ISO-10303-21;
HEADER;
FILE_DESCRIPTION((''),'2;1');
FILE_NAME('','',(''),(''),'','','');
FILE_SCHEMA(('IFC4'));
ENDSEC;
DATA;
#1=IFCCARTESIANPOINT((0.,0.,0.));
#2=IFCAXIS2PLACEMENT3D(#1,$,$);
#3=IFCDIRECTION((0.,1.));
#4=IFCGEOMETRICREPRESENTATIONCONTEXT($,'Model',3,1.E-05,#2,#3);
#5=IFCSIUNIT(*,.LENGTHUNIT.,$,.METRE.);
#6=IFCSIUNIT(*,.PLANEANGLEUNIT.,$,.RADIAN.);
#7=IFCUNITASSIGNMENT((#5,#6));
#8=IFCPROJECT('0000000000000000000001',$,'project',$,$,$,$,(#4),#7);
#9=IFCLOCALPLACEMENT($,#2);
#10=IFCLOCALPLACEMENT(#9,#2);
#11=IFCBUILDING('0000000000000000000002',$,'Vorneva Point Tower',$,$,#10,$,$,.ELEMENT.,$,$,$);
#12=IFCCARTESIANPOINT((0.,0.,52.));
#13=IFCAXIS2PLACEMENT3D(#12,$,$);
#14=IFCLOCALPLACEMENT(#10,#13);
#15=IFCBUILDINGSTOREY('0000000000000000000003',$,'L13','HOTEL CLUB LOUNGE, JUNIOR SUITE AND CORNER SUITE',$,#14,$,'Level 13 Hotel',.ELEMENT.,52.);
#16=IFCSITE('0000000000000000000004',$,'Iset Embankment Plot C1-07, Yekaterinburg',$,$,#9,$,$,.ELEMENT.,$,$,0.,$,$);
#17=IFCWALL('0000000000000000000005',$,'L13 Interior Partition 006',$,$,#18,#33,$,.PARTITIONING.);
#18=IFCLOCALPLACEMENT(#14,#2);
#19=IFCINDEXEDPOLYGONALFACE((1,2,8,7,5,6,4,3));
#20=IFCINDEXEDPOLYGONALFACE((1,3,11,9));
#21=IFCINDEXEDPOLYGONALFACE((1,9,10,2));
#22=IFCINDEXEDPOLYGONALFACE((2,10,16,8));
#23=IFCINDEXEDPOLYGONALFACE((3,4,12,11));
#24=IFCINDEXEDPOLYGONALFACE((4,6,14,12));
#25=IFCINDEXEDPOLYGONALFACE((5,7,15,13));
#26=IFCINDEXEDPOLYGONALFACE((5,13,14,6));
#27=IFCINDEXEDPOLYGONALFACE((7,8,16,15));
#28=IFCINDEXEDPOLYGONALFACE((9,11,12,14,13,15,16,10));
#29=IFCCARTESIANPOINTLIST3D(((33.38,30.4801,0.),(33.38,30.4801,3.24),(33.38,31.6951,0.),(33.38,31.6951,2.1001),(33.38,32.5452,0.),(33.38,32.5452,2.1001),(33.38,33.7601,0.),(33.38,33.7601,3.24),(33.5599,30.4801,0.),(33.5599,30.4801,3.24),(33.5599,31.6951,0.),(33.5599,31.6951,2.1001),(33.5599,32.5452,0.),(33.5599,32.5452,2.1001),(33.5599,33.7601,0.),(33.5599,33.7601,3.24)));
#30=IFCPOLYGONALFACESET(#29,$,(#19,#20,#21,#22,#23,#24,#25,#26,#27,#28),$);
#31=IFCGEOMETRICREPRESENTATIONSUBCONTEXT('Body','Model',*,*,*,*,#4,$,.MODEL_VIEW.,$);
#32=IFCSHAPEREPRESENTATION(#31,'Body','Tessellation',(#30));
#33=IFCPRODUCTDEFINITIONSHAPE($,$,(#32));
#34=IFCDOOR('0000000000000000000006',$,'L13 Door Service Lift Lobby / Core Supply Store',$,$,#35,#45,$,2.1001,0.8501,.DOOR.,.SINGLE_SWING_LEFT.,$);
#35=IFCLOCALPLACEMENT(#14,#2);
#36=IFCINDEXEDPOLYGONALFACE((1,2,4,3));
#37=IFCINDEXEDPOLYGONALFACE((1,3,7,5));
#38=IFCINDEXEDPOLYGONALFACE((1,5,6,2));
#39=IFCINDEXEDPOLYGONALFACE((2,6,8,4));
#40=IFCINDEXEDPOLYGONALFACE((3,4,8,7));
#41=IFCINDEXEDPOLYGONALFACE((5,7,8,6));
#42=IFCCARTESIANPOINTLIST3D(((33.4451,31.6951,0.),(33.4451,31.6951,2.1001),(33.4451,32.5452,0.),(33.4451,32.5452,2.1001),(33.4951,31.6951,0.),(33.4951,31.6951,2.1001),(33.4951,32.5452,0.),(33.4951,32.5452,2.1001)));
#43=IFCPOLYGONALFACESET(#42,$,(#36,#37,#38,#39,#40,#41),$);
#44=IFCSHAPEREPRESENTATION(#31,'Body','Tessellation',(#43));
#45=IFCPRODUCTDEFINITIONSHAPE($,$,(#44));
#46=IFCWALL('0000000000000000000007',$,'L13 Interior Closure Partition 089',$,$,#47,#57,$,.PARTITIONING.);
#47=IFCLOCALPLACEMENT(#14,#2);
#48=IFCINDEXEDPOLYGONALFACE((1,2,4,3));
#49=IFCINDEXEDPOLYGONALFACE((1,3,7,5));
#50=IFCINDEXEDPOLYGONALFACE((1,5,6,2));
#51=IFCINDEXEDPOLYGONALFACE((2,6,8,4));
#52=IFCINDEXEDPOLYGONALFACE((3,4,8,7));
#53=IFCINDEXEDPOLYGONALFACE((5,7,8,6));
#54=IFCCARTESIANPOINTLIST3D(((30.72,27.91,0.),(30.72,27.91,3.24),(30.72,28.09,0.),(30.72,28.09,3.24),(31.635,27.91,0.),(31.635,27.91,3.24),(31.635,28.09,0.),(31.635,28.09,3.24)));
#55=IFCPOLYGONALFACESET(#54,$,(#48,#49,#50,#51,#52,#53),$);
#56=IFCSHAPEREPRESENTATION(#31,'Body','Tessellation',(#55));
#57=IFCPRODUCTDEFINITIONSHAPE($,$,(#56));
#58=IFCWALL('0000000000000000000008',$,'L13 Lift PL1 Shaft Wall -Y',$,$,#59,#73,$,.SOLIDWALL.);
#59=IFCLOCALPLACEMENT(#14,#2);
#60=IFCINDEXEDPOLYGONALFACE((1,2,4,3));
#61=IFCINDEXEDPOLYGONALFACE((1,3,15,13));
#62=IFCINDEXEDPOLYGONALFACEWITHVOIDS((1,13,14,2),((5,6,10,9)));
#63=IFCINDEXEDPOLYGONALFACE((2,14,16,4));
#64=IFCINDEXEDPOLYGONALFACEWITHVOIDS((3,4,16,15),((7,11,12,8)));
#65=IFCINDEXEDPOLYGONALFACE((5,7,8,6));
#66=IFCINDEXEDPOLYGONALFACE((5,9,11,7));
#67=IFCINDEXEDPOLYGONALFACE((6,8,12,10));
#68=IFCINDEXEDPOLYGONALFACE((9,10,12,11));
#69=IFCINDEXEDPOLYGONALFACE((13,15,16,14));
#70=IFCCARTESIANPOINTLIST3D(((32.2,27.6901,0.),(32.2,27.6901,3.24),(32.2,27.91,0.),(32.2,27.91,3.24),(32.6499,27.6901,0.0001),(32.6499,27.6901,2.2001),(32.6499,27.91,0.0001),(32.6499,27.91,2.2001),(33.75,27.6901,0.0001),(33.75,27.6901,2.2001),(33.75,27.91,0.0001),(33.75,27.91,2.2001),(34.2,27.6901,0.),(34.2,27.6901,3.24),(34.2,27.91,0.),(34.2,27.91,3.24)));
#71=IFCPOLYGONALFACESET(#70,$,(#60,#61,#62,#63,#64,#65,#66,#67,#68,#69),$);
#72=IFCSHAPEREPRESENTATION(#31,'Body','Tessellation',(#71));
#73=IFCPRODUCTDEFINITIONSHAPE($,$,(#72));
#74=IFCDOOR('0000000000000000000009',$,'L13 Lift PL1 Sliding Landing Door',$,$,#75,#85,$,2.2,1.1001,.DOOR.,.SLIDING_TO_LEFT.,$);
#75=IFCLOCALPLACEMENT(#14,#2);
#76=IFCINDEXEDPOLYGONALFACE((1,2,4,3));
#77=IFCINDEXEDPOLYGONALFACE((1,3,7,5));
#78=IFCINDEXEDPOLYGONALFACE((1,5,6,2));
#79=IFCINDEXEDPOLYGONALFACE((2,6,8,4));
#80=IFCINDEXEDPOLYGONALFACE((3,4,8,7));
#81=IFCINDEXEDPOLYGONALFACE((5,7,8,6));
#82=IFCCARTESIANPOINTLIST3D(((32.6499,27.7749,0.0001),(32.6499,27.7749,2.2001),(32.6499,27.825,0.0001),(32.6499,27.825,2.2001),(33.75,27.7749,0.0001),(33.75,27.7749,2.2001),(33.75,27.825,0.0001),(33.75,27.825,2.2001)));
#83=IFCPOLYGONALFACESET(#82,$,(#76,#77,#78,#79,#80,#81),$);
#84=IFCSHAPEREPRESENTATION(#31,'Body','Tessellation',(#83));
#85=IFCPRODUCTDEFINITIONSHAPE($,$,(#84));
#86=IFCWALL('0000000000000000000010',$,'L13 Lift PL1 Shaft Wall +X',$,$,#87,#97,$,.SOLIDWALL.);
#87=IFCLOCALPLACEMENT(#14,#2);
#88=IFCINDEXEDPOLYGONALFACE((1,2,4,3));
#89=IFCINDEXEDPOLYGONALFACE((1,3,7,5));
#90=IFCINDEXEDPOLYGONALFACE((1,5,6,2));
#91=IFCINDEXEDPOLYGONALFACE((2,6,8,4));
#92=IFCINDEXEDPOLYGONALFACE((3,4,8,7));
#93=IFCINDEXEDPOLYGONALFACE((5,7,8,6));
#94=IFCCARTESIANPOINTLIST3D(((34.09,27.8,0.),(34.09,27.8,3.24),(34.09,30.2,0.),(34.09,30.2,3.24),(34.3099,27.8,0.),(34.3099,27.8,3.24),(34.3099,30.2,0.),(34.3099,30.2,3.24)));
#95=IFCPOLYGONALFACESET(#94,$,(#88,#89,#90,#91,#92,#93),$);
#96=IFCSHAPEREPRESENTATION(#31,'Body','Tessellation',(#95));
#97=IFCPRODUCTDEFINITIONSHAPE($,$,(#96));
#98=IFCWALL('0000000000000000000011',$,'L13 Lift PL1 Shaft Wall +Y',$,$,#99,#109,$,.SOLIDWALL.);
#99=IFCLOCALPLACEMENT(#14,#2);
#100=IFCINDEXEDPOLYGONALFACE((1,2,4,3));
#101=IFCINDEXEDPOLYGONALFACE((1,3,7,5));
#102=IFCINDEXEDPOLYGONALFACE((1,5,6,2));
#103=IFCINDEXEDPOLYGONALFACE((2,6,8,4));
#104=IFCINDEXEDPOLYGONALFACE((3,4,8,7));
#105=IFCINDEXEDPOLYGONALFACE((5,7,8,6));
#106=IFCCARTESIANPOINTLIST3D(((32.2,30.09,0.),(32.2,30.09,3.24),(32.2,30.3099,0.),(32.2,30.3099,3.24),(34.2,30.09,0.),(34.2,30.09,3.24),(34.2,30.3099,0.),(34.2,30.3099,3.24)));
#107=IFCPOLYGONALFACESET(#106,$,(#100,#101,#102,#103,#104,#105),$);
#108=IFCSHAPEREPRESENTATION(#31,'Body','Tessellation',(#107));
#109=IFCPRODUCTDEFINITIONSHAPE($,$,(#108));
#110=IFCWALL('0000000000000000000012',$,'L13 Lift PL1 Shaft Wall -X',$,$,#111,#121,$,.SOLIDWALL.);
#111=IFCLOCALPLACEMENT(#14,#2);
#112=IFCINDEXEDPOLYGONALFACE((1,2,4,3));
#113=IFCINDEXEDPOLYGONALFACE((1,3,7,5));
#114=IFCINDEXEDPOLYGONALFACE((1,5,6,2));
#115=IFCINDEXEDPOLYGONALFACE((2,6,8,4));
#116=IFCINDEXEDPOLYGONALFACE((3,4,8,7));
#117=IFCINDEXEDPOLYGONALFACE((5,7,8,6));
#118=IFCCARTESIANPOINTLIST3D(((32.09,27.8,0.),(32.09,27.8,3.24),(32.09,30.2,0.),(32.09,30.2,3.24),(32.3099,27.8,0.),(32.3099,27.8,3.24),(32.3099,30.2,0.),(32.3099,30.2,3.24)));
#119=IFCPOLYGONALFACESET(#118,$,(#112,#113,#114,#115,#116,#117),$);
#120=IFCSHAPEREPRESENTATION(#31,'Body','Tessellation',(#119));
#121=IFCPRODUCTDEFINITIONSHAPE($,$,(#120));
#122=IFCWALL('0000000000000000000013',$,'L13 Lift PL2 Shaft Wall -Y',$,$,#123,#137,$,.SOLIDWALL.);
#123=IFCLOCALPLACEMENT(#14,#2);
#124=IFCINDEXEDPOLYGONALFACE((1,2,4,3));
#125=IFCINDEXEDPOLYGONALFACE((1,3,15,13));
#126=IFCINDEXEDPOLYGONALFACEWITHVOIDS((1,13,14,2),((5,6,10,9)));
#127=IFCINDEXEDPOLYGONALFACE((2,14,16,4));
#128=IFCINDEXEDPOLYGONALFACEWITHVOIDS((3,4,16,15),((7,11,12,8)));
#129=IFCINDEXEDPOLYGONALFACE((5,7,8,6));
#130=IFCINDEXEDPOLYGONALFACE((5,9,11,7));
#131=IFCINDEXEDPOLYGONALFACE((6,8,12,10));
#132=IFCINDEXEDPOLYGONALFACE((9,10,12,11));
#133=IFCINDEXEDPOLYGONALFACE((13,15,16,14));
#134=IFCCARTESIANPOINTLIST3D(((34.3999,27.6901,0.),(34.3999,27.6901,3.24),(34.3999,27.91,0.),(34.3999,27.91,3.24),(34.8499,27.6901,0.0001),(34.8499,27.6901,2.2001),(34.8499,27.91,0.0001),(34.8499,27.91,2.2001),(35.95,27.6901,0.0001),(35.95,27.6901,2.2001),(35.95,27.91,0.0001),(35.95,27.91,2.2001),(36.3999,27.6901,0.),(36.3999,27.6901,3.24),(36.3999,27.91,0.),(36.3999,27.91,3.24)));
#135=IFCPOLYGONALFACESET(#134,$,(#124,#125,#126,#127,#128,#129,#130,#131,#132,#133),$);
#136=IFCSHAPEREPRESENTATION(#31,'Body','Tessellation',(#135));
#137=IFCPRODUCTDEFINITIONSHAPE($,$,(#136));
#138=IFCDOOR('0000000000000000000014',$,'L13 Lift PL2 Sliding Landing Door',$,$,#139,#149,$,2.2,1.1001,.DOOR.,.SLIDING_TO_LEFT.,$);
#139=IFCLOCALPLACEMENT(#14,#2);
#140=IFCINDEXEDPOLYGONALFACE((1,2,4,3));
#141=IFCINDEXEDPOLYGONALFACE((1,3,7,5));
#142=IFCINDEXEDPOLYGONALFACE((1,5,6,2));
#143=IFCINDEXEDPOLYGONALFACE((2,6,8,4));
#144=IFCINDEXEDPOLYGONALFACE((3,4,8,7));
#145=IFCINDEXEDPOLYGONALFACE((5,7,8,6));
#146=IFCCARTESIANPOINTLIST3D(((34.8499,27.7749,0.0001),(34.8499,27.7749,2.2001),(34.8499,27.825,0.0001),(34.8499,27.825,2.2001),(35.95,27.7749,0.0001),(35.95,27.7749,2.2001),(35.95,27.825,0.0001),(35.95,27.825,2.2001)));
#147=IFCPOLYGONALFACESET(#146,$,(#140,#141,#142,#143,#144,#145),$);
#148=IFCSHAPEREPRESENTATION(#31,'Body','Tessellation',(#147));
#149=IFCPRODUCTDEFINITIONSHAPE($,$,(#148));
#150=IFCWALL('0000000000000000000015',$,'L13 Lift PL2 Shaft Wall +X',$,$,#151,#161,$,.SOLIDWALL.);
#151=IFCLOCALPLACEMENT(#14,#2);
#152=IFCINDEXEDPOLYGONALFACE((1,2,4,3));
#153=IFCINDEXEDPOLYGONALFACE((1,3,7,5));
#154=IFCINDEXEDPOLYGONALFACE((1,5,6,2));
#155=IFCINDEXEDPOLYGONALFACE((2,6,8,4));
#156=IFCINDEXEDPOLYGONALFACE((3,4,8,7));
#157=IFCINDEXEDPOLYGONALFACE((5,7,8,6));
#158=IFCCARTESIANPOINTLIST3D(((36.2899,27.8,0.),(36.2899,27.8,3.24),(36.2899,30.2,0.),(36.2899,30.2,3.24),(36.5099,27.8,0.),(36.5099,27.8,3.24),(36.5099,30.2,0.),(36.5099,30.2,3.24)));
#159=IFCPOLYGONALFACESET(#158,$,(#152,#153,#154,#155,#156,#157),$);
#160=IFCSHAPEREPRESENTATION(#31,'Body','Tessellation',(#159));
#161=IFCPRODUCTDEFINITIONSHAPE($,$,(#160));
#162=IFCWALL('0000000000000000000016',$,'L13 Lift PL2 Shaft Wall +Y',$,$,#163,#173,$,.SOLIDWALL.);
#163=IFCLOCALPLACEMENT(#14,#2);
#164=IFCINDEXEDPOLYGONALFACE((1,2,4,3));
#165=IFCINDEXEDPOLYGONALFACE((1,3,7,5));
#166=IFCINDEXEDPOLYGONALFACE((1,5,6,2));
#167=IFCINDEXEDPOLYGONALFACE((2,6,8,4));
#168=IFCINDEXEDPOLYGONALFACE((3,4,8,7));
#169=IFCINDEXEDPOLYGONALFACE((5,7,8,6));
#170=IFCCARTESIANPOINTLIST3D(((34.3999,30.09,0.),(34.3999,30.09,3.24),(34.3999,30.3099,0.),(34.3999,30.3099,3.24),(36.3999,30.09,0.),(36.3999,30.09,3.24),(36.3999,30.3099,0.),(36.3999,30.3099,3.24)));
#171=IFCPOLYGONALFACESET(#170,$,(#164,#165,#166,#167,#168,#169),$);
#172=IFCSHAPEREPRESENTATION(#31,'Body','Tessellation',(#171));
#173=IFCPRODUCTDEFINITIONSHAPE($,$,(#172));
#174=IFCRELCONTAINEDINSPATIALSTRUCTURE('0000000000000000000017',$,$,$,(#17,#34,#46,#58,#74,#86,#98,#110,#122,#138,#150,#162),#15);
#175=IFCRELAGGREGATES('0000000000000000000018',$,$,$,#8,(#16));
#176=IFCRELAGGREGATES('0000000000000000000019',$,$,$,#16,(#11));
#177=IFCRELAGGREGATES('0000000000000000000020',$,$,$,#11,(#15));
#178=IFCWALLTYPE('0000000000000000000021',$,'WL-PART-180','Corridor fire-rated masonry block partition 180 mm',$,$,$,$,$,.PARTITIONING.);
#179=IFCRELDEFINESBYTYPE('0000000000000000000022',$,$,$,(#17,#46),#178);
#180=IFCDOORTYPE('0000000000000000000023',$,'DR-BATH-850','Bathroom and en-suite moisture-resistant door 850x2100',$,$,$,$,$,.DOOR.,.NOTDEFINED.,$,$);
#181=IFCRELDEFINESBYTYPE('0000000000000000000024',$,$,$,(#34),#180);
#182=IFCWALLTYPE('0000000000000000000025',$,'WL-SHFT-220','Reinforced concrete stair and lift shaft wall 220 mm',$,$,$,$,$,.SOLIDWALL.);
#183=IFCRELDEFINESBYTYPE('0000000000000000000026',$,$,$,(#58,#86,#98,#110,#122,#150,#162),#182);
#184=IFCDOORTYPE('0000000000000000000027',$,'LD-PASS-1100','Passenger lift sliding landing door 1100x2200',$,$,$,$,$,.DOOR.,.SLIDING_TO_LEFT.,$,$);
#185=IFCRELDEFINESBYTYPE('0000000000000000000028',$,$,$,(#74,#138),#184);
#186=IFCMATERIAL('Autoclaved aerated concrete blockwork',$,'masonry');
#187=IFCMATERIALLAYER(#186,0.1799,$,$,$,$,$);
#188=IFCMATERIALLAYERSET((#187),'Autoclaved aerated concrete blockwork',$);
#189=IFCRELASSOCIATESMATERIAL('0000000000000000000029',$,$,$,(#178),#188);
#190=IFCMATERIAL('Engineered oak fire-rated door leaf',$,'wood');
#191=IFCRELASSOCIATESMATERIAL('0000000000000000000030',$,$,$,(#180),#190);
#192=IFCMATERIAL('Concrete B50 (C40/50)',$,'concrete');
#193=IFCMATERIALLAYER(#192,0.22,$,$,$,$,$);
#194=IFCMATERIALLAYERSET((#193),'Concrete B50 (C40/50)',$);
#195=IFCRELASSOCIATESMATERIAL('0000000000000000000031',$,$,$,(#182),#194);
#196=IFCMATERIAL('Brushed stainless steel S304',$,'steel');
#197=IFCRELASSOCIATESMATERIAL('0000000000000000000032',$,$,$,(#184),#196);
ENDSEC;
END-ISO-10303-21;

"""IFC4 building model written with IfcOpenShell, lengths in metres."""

from ifc_helpers import new_model, si_unit, direction, frame, frame_2d, origin, place, context, subcontext, project, spatial, rectangle, extrude, material, layer, layer_set, type_object, element, fill, save


model = new_model("IFC4")

# Units and contexts
model_context = context("Model", 3, precision=1e-05, world=origin(), true_north=direction((0.0, 1.0)))
body_context = subcontext(model_context, "Body", "Model", "MODEL_VIEW")
ifc_project = project(units=[si_unit("LENGTHUNIT", "METRE"), si_unit("PLANEANGLEUNIT", "RADIAN")], contexts=[model_context])

# Site, building, storey
site_placement = place(None, origin())
site = spatial("IfcSite", under=ifc_project, at=site_placement, Name="Iset Embankment Plot C1-07, Yekaterinburg", CompositionType="ELEMENT", RefElevation=0.0)
building_placement = place(site_placement, origin())
building = spatial("IfcBuilding", under=site, at=building_placement, Name="Vorneva Point Tower", CompositionType="ELEMENT")
storey_placement = place(building_placement, frame((0.0, 0.0, 52.0)))
storey = spatial("IfcBuildingStorey", under=building, at=storey_placement, Name="L13", Description="HOTEL CLUB LOUNGE, JUNIOR SUITE AND CORNER SUITE", LongName="Level 13 Hotel", CompositionType="ELEMENT", Elevation=52.0)

# Shared definitions
ifc_material_1 = material(Name="Brushed stainless steel S304", Category="steel")

# Wall, opening, door
ifc_material_2 = material(Name="Autoclaved aerated concrete blockwork", Category="masonry")
ifc_layer_1 = layer(ifc_material_2, 0.1799)
ifc_layer_set_1 = layer_set([ifc_layer_1], Name="Autoclaved aerated concrete blockwork")
wall_type_1 = type_object("IfcWallType", Name="WL-PART-180", Description="Corridor fire-rated masonry block partition 180 mm", PredefinedType="PARTITIONING", material=ifc_layer_set_1)
wall_1_placement = place(storey_placement, frame((33.47, 30.48, 0.0), z_axis=(0.0, 0.0, 1.0), x_axis=(0.0, 1.0, 0.0)))
wall_1 = element("IfcWall", 1, at=wall_1_placement, inside=storey, type_object=wall_type_1, Name="L13 Interior Partition 006", PredefinedType="PARTITIONING", context=body_context, shape_type="SweptSolid", body=[
    extrude(rectangle(XDim=3.28, YDim=0.1799, at=frame_2d((1.6401, 0.0))), origin(), (0.0, 0.0, 1.0), 3.24),
])
opening_1_placement = place(wall_1_placement, frame((1.2151, 0.0, 0.0)))
opening_1 = element("IfcOpeningElement", 2, at=opening_1_placement, cuts=wall_1, PredefinedType="OPENING", context=body_context, shape_type="SweptSolid", body=[
    extrude(rectangle(XDim=0.8501, YDim=2.1001, at=frame_2d((0.425, 1.05))), frame((0.0, 0.105, 0.0), z_axis=(0.0, -1.0, 0.0), x_axis=(1.0, 0.0, 0.0)), (0.0, 0.0, 1.0), 0.2097),
])
ifc_material_3 = material(Name="Engineered oak fire-rated door leaf", Category="wood")
door_type_1 = type_object("IfcDoorType", Name="DR-BATH-850", Description="Bathroom and en-suite moisture-resistant door 850x2100", OperationType="NOTDEFINED", PredefinedType="DOOR", material=ifc_material_3)
door_1_placement = place(opening_1_placement, origin())
door_1 = element("IfcDoor", 3, at=door_1_placement, inside=storey, type_object=door_type_1, Name="L13 Door Service Lift Lobby / Core Supply Store", OperationType="SINGLE_SWING_LEFT", OverallHeight=2.1001, OverallWidth=0.8501, PredefinedType="DOOR", context=body_context, shape_type="SweptSolid", body=[
    extrude(rectangle(XDim=0.8501, YDim=2.1001, at=frame_2d((0.425, 1.05))), frame((0.0, 0.0249, 0.0), z_axis=(0.0, -1.0, 0.0), x_axis=(1.0, 0.0, 0.0)), (0.0, 0.0, 1.0), 0.05),
])
fill(opening_1, door_1)

# Wall
wall_2_placement = place(storey_placement, frame((31.635, 28.0, 0.0), z_axis=(0.0, 0.0, 1.0), x_axis=(-1.0, 0.0, 0.0)))
element("IfcWall", 4, at=wall_2_placement, inside=storey, type_object=wall_type_1, Name="L13 Interior Closure Partition 089", PredefinedType="PARTITIONING", context=body_context, shape_type="SweptSolid", body=[
    extrude(rectangle(XDim=0.915, YDim=0.1799, at=frame_2d((0.4575, 0.0))), origin(), (0.0, 0.0, 1.0), 3.24),
])

# Wall, opening, door
ifc_material_4 = material(Name="Concrete B50 (C40/50)", Category="concrete")
ifc_layer_2 = layer(ifc_material_4, 0.22)
ifc_layer_set_2 = layer_set([ifc_layer_2], Name="Concrete B50 (C40/50)")
wall_type_2 = type_object("IfcWallType", Name="WL-SHFT-220", Description="Reinforced concrete stair and lift shaft wall 220 mm", PredefinedType="SOLIDWALL", material=ifc_layer_set_2)
wall_3_placement = place(storey_placement, frame((32.2, 27.8, 0.0), z_axis=(0.0, 0.0, 1.0), x_axis=(1.0, 0.0, 0.0)))
wall_3 = element("IfcWall", 5, at=wall_3_placement, inside=storey, type_object=wall_type_2, Name="L13 Lift PL1 Shaft Wall -Y", PredefinedType="SOLIDWALL", context=body_context, shape_type="SweptSolid", body=[
    extrude(rectangle(XDim=2.0, YDim=0.22, at=frame_2d((1.0, 0.0))), origin(), (0.0, 0.0, 1.0), 3.24),
])
opening_2_placement = place(wall_3_placement, frame((0.45, 0.0, 0.0)))
opening_2 = element("IfcOpeningElement", 6, at=opening_2_placement, cuts=wall_3, PredefinedType="OPENING", context=body_context, shape_type="SweptSolid", body=[
    extrude(rectangle(XDim=1.1001, YDim=2.2, at=frame_2d((0.55, 1.1001))), frame((0.0, 0.125, 0.0), z_axis=(0.0, -1.0, 0.0), x_axis=(1.0, 0.0, 0.0)), (0.0, 0.0, 1.0), 0.2498),
])
door_type_2 = type_object("IfcDoorType", Name="LD-PASS-1100", Description="Passenger lift sliding landing door 1100x2200", OperationType="SLIDING_TO_LEFT", PredefinedType="DOOR", material=ifc_material_1)
door_2_placement = place(opening_2_placement, origin())
door_2 = element("IfcDoor", 7, at=door_2_placement, inside=storey, type_object=door_type_2, Name="L13 Lift PL1 Sliding Landing Door", OperationType="SLIDING_TO_LEFT", OverallHeight=2.2, OverallWidth=1.1001, PredefinedType="DOOR", context=body_context, shape_type="SweptSolid", body=[
    extrude(rectangle(XDim=1.1001, YDim=2.2, at=frame_2d((0.55, 1.1001))), frame((0.0, 0.0249, 0.0), z_axis=(0.0, -1.0, 0.0), x_axis=(1.0, 0.0, 0.0)), (0.0, 0.0, 1.0), 0.05),
])
fill(opening_2, door_2)

# Walls
wall_4_placement = place(storey_placement, frame((34.2, 27.8, 0.0), z_axis=(0.0, 0.0, 1.0), x_axis=(0.0, 1.0, 0.0)))
element("IfcWall", 8, at=wall_4_placement, inside=storey, type_object=wall_type_2, Name="L13 Lift PL1 Shaft Wall +X", PredefinedType="SOLIDWALL", context=body_context, shape_type="SweptSolid", body=[
    extrude(rectangle(XDim=2.3999, YDim=0.22, at=frame_2d((1.2, 0.0))), origin(), (0.0, 0.0, 1.0), 3.24),
])
wall_5_placement = place(storey_placement, frame((34.2, 30.2, 0.0), z_axis=(0.0, 0.0, 1.0), x_axis=(-1.0, 0.0, 0.0)))
element("IfcWall", 9, at=wall_5_placement, inside=storey, type_object=wall_type_2, Name="L13 Lift PL1 Shaft Wall +Y", PredefinedType="SOLIDWALL", context=body_context, shape_type="SweptSolid", body=[
    extrude(rectangle(XDim=2.0, YDim=0.22, at=frame_2d((1.0, 0.0))), origin(), (0.0, 0.0, 1.0), 3.24),
])
wall_6_placement = place(storey_placement, frame((32.2, 30.2, 0.0), z_axis=(0.0, 0.0, 1.0), x_axis=(0.0, -1.0, 0.0)))
element("IfcWall", 10, at=wall_6_placement, inside=storey, type_object=wall_type_2, Name="L13 Lift PL1 Shaft Wall -X", PredefinedType="SOLIDWALL", context=body_context, shape_type="SweptSolid", body=[
    extrude(rectangle(XDim=2.3999, YDim=0.22, at=frame_2d((1.2, 0.0))), origin(), (0.0, 0.0, 1.0), 3.24),
])

# Wall, opening, door
wall_7_placement = place(storey_placement, frame((34.3999, 27.8, 0.0), z_axis=(0.0, 0.0, 1.0), x_axis=(1.0, 0.0, 0.0)))
wall_7 = element("IfcWall", 11, at=wall_7_placement, inside=storey, type_object=wall_type_2, Name="L13 Lift PL2 Shaft Wall -Y", PredefinedType="SOLIDWALL", context=body_context, shape_type="SweptSolid", body=[
    extrude(rectangle(XDim=2.0, YDim=0.22, at=frame_2d((1.0, 0.0))), origin(), (0.0, 0.0, 1.0), 3.24),
])
opening_3_placement = place(wall_7_placement, frame((0.45, 0.0, 0.0)))
opening_3 = element("IfcOpeningElement", 12, at=opening_3_placement, cuts=wall_7, PredefinedType="OPENING", context=body_context, shape_type="SweptSolid", body=[
    extrude(rectangle(XDim=1.1001, YDim=2.2, at=frame_2d((0.55, 1.1001))), frame((0.0, 0.125, 0.0), z_axis=(0.0, -1.0, 0.0), x_axis=(1.0, 0.0, 0.0)), (0.0, 0.0, 1.0), 0.2498),
])
door_3_placement = place(opening_3_placement, origin())
door_3 = element("IfcDoor", 13, at=door_3_placement, inside=storey, type_object=door_type_2, Name="L13 Lift PL2 Sliding Landing Door", OperationType="SLIDING_TO_LEFT", OverallHeight=2.2, OverallWidth=1.1001, PredefinedType="DOOR", context=body_context, shape_type="SweptSolid", body=[
    extrude(rectangle(XDim=1.1001, YDim=2.2, at=frame_2d((0.55, 1.1001))), frame((0.0, 0.0249, 0.0), z_axis=(0.0, -1.0, 0.0), x_axis=(1.0, 0.0, 0.0)), (0.0, 0.0, 1.0), 0.05),
])
fill(opening_3, door_3)

# Walls
wall_8_placement = place(storey_placement, frame((36.3999, 27.8, 0.0), z_axis=(0.0, 0.0, 1.0), x_axis=(0.0, 1.0, 0.0)))
element("IfcWall", 14, at=wall_8_placement, inside=storey, type_object=wall_type_2, Name="L13 Lift PL2 Shaft Wall +X", PredefinedType="SOLIDWALL", context=body_context, shape_type="SweptSolid", body=[
    extrude(rectangle(XDim=2.3999, YDim=0.22, at=frame_2d((1.2, 0.0))), origin(), (0.0, 0.0, 1.0), 3.24),
])
wall_9_placement = place(storey_placement, frame((36.3999, 30.2, 0.0), z_axis=(0.0, 0.0, 1.0), x_axis=(-1.0, 0.0, 0.0)))
element("IfcWall", 15, at=wall_9_placement, inside=storey, type_object=wall_type_2, Name="L13 Lift PL2 Shaft Wall +Y", PredefinedType="SOLIDWALL", context=body_context, shape_type="SweptSolid", body=[
    extrude(rectangle(XDim=2.0, YDim=0.22, at=frame_2d((1.0, 0.0))), origin(), (0.0, 0.0, 1.0), 3.24),
])

save(model, "model.ifc")
